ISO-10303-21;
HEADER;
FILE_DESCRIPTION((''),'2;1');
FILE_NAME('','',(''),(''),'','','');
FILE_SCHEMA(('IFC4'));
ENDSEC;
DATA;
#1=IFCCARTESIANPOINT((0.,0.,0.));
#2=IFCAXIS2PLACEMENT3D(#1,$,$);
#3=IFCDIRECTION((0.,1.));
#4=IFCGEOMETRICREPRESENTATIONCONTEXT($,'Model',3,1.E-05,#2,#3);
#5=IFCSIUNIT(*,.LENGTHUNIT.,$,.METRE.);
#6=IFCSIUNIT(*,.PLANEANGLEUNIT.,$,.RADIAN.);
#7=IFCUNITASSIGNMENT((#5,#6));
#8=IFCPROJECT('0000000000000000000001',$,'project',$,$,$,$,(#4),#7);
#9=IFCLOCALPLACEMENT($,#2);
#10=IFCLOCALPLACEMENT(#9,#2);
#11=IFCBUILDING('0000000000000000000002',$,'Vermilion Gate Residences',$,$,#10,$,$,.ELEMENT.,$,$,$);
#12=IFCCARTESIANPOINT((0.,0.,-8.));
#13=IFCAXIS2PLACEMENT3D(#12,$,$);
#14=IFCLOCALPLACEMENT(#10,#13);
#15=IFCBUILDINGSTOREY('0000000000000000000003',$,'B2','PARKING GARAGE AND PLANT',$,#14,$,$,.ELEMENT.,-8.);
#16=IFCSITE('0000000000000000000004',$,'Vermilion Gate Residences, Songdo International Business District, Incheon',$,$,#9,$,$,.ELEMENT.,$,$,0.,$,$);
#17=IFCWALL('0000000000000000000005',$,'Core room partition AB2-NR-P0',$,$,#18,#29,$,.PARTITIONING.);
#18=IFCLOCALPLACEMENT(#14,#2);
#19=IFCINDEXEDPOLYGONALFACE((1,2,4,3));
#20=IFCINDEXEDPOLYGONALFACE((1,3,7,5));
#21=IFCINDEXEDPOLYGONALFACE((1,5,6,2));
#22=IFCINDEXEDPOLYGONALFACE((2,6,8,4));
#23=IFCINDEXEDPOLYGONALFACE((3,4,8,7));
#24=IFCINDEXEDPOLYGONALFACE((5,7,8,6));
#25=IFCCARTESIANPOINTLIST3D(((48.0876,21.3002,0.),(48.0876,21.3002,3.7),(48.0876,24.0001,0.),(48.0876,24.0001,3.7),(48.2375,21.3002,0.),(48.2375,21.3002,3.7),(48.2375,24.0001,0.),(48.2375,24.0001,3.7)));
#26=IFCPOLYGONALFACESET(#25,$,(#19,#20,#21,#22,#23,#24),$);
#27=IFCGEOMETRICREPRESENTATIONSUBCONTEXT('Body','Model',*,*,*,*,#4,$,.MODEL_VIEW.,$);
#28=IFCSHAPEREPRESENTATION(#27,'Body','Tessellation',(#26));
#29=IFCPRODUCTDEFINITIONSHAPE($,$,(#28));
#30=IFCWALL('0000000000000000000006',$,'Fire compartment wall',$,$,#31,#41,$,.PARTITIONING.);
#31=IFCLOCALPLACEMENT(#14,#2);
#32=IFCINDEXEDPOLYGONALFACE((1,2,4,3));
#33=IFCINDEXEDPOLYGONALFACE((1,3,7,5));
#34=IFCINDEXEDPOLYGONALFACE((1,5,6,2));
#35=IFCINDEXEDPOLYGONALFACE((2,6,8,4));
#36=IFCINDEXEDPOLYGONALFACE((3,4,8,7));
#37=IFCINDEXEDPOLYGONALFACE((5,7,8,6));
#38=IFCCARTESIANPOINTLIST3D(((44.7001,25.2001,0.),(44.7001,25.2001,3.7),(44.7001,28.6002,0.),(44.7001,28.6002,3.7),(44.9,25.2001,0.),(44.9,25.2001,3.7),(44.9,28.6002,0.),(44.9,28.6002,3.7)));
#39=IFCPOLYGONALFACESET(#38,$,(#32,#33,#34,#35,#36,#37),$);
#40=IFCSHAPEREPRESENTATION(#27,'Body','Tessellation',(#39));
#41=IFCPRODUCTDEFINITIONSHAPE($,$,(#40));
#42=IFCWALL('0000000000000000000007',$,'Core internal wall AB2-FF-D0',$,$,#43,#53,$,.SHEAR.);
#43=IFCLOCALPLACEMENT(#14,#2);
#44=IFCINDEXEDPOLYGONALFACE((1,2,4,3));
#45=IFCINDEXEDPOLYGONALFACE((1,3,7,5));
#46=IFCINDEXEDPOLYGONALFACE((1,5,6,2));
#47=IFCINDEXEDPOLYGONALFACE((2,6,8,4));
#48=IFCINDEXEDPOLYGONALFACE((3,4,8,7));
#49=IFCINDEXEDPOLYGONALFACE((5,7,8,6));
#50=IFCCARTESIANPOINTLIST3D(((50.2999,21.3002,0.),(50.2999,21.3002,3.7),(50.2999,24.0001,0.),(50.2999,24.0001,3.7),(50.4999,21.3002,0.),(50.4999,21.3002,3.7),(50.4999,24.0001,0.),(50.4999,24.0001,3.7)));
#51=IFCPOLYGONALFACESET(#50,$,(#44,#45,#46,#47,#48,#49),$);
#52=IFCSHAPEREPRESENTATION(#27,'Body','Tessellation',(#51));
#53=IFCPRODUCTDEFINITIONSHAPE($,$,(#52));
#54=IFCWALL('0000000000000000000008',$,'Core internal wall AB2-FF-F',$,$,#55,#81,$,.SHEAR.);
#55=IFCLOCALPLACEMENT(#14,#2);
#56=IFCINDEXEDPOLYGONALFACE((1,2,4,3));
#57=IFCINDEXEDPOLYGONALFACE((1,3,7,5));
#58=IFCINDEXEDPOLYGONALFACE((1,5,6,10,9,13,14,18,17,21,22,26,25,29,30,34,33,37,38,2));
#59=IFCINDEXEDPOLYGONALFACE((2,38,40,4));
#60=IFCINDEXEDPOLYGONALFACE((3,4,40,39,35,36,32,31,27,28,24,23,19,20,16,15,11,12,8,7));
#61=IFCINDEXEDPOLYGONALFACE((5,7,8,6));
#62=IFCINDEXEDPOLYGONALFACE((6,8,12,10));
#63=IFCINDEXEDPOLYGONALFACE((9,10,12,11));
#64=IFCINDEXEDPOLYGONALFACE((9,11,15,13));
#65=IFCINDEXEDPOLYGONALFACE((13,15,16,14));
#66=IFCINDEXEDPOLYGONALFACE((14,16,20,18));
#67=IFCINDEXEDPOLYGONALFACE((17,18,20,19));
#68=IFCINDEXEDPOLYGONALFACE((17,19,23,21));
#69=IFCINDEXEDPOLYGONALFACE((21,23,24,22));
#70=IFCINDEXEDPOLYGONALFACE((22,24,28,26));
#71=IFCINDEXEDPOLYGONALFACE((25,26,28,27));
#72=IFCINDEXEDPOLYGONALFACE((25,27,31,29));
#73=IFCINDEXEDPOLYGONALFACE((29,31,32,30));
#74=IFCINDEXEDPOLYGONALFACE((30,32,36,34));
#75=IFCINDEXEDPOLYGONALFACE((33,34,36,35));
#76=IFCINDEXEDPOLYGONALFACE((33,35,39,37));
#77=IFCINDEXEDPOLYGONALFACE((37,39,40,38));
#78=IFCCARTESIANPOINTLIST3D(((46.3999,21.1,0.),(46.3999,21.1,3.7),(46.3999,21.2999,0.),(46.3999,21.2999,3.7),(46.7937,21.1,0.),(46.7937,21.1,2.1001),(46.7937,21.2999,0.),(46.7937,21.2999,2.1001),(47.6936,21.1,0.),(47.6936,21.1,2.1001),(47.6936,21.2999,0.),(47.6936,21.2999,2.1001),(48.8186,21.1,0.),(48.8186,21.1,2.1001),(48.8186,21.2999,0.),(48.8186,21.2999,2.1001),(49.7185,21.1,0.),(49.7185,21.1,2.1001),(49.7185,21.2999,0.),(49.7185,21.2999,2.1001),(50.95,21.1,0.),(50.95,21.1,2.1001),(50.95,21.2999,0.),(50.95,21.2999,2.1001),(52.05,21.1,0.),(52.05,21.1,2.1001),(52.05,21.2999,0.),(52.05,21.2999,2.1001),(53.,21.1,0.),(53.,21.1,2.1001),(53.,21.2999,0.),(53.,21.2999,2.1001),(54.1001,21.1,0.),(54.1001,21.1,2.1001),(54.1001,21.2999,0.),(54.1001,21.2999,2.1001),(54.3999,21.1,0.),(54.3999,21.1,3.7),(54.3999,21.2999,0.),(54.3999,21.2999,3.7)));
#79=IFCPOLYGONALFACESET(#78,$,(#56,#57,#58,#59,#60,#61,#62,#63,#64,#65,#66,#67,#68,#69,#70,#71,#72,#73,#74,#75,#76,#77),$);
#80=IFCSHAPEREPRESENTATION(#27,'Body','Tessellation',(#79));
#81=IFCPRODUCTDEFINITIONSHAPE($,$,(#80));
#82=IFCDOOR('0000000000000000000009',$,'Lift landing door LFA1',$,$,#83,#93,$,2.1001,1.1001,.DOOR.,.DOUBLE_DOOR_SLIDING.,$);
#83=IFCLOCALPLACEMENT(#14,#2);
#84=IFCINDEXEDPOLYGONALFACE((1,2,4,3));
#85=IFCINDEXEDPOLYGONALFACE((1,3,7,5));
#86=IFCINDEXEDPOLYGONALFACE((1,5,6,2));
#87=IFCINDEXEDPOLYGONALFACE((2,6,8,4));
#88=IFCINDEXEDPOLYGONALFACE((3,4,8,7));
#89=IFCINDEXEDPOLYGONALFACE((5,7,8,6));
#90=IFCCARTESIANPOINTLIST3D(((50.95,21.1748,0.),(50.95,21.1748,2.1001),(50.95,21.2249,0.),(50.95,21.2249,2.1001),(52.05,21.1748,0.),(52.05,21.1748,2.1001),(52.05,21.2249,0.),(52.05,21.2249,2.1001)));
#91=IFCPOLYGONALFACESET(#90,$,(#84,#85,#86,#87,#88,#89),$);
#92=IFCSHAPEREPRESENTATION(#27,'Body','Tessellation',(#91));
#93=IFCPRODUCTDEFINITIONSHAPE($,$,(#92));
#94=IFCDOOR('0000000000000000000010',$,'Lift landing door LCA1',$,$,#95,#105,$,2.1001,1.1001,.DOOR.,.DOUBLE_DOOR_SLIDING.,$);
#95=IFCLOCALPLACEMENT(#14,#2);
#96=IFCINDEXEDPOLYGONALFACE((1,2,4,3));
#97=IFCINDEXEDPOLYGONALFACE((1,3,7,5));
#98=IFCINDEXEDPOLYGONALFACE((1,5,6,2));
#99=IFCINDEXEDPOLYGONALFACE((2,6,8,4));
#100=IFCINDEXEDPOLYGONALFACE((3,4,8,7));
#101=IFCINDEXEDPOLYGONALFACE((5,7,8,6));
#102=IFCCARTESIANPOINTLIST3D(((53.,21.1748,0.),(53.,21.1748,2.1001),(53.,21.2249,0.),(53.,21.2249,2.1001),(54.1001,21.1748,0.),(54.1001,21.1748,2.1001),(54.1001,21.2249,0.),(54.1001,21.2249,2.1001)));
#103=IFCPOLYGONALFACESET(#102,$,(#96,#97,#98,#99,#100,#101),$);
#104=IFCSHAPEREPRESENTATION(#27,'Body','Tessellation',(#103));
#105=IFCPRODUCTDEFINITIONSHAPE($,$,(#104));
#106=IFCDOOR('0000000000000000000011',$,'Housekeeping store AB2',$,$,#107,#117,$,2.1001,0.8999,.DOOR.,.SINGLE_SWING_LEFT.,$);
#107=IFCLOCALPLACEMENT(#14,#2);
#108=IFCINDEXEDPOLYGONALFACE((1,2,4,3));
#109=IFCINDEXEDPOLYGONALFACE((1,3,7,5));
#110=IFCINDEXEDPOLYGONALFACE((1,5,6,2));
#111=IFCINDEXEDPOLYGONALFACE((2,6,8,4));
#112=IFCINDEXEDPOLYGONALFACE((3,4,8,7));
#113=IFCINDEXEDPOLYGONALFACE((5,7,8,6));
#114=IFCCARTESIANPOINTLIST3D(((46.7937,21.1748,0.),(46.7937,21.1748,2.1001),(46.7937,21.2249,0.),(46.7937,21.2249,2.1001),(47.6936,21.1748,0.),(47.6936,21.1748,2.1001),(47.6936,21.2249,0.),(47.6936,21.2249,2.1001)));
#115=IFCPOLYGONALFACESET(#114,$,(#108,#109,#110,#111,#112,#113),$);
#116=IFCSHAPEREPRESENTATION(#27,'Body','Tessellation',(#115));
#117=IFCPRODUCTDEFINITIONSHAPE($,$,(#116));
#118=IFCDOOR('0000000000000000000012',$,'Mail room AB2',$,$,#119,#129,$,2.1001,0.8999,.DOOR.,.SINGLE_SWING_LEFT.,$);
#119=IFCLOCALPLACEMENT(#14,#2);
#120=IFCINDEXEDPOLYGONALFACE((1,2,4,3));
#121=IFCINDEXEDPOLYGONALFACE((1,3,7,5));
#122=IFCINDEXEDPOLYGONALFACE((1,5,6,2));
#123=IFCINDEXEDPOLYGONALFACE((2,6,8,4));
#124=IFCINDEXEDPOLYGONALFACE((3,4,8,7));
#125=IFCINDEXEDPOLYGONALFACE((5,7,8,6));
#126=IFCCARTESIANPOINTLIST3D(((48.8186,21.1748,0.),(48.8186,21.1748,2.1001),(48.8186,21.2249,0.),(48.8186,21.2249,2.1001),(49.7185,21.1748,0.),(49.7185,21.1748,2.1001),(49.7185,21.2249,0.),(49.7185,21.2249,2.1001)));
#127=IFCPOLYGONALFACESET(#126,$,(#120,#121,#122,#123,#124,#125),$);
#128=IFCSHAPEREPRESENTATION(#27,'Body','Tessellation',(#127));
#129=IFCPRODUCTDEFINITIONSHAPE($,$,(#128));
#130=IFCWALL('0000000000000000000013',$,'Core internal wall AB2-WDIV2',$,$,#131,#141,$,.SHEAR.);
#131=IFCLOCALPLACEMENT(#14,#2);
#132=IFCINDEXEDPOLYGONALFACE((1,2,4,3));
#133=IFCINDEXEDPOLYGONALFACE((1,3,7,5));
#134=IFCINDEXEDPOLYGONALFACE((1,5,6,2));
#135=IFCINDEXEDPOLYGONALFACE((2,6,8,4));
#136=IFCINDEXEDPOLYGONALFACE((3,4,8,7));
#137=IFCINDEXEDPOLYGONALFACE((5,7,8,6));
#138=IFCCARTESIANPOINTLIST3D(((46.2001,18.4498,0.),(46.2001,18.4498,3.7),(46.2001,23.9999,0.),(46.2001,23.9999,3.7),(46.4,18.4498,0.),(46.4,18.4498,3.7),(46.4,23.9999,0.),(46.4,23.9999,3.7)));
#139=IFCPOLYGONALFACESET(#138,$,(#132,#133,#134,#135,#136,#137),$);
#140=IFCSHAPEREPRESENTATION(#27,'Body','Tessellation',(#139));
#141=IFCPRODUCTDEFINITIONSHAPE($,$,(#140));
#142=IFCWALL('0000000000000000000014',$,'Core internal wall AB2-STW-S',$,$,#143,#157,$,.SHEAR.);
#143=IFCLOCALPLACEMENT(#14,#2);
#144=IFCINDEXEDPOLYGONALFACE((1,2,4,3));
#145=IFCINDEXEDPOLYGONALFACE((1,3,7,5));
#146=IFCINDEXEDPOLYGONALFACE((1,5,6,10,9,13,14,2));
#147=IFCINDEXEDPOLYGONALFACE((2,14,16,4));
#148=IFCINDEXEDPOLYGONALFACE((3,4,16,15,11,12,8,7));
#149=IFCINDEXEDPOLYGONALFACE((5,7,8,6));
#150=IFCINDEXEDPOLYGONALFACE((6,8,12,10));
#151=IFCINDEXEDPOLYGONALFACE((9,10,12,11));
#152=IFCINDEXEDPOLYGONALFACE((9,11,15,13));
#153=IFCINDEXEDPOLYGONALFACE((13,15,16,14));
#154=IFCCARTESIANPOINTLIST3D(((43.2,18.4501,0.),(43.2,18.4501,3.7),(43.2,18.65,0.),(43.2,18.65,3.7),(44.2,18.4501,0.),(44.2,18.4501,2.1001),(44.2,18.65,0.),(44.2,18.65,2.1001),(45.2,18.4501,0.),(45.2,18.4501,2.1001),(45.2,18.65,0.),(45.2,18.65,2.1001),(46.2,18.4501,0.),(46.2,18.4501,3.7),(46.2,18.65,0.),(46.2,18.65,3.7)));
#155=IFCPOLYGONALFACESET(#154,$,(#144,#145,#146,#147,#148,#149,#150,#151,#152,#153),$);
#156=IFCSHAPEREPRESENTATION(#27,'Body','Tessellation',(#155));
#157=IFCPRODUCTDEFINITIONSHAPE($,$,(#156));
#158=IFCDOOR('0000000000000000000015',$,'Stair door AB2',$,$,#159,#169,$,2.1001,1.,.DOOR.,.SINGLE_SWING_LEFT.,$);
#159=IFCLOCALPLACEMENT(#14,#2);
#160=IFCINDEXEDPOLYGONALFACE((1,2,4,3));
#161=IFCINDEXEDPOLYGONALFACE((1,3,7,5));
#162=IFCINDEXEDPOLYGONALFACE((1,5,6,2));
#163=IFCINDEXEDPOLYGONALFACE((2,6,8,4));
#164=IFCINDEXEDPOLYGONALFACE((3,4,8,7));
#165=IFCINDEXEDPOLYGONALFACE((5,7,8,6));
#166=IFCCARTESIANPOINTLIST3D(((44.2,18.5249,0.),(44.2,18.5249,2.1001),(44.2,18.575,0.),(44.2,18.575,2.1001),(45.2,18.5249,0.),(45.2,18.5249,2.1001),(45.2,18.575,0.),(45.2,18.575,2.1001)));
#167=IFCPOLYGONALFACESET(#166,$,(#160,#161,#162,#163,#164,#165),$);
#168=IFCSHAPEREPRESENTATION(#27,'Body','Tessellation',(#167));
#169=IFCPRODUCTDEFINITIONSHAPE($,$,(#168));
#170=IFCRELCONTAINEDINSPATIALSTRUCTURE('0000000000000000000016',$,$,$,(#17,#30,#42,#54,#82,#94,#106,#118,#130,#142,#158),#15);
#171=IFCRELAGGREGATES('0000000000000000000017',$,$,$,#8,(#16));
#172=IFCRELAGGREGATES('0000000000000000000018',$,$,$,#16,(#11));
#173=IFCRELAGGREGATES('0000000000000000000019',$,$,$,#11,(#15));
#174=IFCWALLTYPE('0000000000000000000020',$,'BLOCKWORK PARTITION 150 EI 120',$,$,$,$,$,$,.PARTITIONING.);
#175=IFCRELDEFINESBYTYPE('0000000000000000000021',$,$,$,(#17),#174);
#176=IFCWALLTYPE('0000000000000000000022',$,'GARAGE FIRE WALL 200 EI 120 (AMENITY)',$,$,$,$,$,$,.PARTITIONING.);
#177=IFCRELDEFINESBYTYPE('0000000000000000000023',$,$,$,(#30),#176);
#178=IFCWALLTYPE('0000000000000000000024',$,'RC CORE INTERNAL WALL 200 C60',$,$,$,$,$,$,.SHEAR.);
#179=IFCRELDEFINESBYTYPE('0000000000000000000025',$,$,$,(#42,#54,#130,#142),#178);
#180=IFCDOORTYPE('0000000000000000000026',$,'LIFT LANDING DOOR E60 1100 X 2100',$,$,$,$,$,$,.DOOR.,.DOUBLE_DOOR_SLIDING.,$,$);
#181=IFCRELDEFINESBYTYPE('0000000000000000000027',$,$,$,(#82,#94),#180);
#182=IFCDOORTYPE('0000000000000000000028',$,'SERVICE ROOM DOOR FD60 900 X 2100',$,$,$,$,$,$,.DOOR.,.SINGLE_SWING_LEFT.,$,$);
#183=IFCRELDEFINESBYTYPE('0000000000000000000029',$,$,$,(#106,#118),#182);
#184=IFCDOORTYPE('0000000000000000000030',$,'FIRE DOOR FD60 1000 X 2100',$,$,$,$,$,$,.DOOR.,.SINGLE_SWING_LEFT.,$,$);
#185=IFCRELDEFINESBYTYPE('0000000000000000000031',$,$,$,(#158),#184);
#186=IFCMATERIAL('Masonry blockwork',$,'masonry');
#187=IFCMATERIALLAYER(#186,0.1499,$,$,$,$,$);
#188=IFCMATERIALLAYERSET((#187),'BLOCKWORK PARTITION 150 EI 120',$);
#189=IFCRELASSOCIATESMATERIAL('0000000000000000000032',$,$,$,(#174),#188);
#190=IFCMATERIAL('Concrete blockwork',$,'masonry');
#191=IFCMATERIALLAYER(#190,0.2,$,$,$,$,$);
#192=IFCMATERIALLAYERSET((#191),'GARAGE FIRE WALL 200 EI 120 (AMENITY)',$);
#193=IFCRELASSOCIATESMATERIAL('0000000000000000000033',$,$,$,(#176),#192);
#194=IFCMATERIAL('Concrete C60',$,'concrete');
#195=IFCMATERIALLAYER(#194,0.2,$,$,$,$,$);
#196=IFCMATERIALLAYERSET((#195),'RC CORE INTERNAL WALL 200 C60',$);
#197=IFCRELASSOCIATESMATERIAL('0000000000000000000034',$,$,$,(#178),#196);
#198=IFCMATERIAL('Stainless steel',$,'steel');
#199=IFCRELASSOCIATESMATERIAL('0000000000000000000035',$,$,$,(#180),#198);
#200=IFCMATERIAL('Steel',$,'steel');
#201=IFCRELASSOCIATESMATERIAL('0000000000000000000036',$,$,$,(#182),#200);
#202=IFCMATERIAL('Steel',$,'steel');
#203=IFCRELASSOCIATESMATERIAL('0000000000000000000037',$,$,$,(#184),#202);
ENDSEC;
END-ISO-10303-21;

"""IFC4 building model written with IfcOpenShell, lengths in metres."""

from ifc_helpers import new_model, si_unit, direction, frame, frame_2d, origin, place, context, subcontext, project, spatial, rectangle, extrude, material, layer, layer_set, type_object, element, fill, save


model = new_model("IFC4")

# Units and contexts
model_context = context("Model", 3, precision=1e-05, world=origin(), true_north=direction((0.0, 1.0)))
body_context = subcontext(model_context, "Body", "Model", "MODEL_VIEW")
ifc_project = project(units=[si_unit("LENGTHUNIT", "METRE"), si_unit("PLANEANGLEUNIT", "RADIAN")], contexts=[model_context])

# Site, building, storey
site_placement = place(None, origin())
site = spatial("IfcSite", under=ifc_project, at=site_placement, Name="Vermilion Gate Residences, Songdo International Business District, Incheon", CompositionType="ELEMENT", RefElevation=0.0)
building_placement = place(site_placement, origin())
building = spatial("IfcBuilding", under=site, at=building_placement, Name="Vermilion Gate Residences", CompositionType="ELEMENT")
storey_placement = place(building_placement, frame((0.0, 0.0, -8.0)))
storey = spatial("IfcBuildingStorey", under=building, at=storey_placement, Name="B2", Description="PARKING GARAGE AND PLANT", CompositionType="ELEMENT", Elevation=-8.0)

# Walls
ifc_material_1 = material(Name="Masonry blockwork", Category="masonry")
ifc_layer_1 = layer(ifc_material_1, 0.1499)
ifc_layer_set_1 = layer_set([ifc_layer_1], Name="BLOCKWORK PARTITION 150 EI 120")
wall_type_1 = type_object("IfcWallType", Name="BLOCKWORK PARTITION 150 EI 120", PredefinedType="PARTITIONING", material=ifc_layer_set_1)
wall_1_placement = place(storey_placement, frame((48.1626, 21.3, 0.0), z_axis=(0.0, 0.0, 1.0), x_axis=(0.0, 1.0, 0.0)))
element("IfcWall", 1, at=wall_1_placement, inside=storey, type_object=wall_type_1, Name="Core room partition AB2-NR-P0", PredefinedType="PARTITIONING", context=body_context, shape_type="SweptSolid", body=[
    extrude(rectangle(XDim=2.7, YDim=0.1499, at=frame_2d((1.3501, 0.0))), origin(), (0.0, 0.0, 1.0), 3.7),
])
ifc_material_2 = material(Name="Concrete blockwork", Category="masonry")
ifc_layer_2 = layer(ifc_material_2, 0.2)
ifc_layer_set_2 = layer_set([ifc_layer_2], Name="GARAGE FIRE WALL 200 EI 120 (AMENITY)")
wall_type_2 = type_object("IfcWallType", Name="GARAGE FIRE WALL 200 EI 120 (AMENITY)", PredefinedType="PARTITIONING", material=ifc_layer_set_2)
wall_2_placement = place(storey_placement, frame((44.8, 25.2, 0.0), z_axis=(0.0, 0.0, 1.0), x_axis=(0.0, 1.0, 0.0)))
element("IfcWall", 2, at=wall_2_placement, inside=storey, type_object=wall_type_2, Name="Fire compartment wall", PredefinedType="PARTITIONING", context=body_context, shape_type="SweptSolid", body=[
    extrude(rectangle(XDim=3.4001, YDim=0.2, at=frame_2d((1.7002, 0.0))), origin(), (0.0, 0.0, 1.0), 3.7),
])
ifc_material_3 = material(Name="Concrete C60", Category="concrete")
ifc_layer_3 = layer(ifc_material_3, 0.2)
ifc_layer_set_3 = layer_set([ifc_layer_3], Name="RC CORE INTERNAL WALL 200 C60")
wall_type_3 = type_object("IfcWallType", Name="RC CORE INTERNAL WALL 200 C60", PredefinedType="SHEAR", material=ifc_layer_set_3)
wall_3_placement = place(storey_placement, frame((50.3999, 21.3, 0.0), z_axis=(0.0, 0.0, 1.0), x_axis=(0.0, 1.0, 0.0)))
element("IfcWall", 3, at=wall_3_placement, inside=storey, type_object=wall_type_3, Name="Core internal wall AB2-FF-D0", PredefinedType="SHEAR", context=body_context, shape_type="SweptSolid", body=[
    extrude(rectangle(XDim=2.7, YDim=0.2, at=frame_2d((1.3501, 0.0))), origin(), (0.0, 0.0, 1.0), 3.7),
])

# Wall, openings, doors
wall_4_placement = place(storey_placement, frame((46.3999, 21.2, 0.0), z_axis=(0.0, 0.0, 1.0), x_axis=(1.0, 0.0, 0.0)))
wall_4 = element("IfcWall", 4, at=wall_4_placement, inside=storey, type_object=wall_type_3, Name="Core internal wall AB2-FF-F", PredefinedType="SHEAR", context=body_context, shape_type="SweptSolid", body=[
    extrude(rectangle(XDim=8.0, YDim=0.2, at=frame_2d((4.0, 0.0))), origin(), (0.0, 0.0, 1.0), 3.7),
])
opening_1_placement = place(wall_4_placement, frame((0.3938, 0.0, 0.0)))
opening_1 = element("IfcOpeningElement", 5, at=opening_1_placement, cuts=wall_4, PredefinedType="OPENING", context=body_context, shape_type="SweptSolid", body=[
    extrude(rectangle(XDim=0.8999, YDim=2.1001, at=frame_2d((0.45, 1.05))), frame((0.0, 0.1099, 0.0), z_axis=(0.0, -1.0, 0.0), x_axis=(1.0, 0.0, 0.0)), (0.0, 0.0, 1.0), 0.22),
])
opening_2_placement = place(wall_4_placement, frame((2.4187, 0.0, 0.0)))
opening_2 = element("IfcOpeningElement", 6, at=opening_2_placement, cuts=wall_4, PredefinedType="OPENING", context=body_context, shape_type="SweptSolid", body=[
    extrude(rectangle(XDim=0.8999, YDim=2.1001, at=frame_2d((0.45, 1.05))), frame((0.0, 0.1099, 0.0), z_axis=(0.0, -1.0, 0.0), x_axis=(1.0, 0.0, 0.0)), (0.0, 0.0, 1.0), 0.22),
])
opening_3_placement = place(wall_4_placement, frame((4.55, 0.0, 0.0)))
opening_3 = element("IfcOpeningElement", 7, at=opening_3_placement, cuts=wall_4, PredefinedType="OPENING", context=body_context, shape_type="SweptSolid", body=[
    extrude(rectangle(XDim=1.1001, YDim=2.1001, at=frame_2d((0.55, 1.05))), frame((0.0, 0.1099, 0.0), z_axis=(0.0, -1.0, 0.0), x_axis=(1.0, 0.0, 0.0)), (0.0, 0.0, 1.0), 0.22),
])
opening_4_placement = place(wall_4_placement, frame((6.6001, 0.0, 0.0)))
opening_4 = element("IfcOpeningElement", 8, at=opening_4_placement, cuts=wall_4, PredefinedType="OPENING", context=body_context, shape_type="SweptSolid", body=[
    extrude(rectangle(XDim=1.1001, YDim=2.1001, at=frame_2d((0.55, 1.05))), frame((0.0, 0.1099, 0.0), z_axis=(0.0, -1.0, 0.0), x_axis=(1.0, 0.0, 0.0)), (0.0, 0.0, 1.0), 0.22),
])
ifc_material_4 = material(Name="Stainless steel", Category="steel")
door_type_1 = type_object("IfcDoorType", Name="LIFT LANDING DOOR E60 1100 X 2100", OperationType="DOUBLE_DOOR_SLIDING", PredefinedType="DOOR", material=ifc_material_4)
door_1_placement = place(opening_3_placement, origin())
door_1 = element("IfcDoor", 9, at=door_1_placement, inside=storey, type_object=door_type_1, Name="Lift landing door LFA1", OperationType="DOUBLE_DOOR_SLIDING", OverallHeight=2.1001, OverallWidth=1.1001, PredefinedType="DOOR", context=body_context, shape_type="SweptSolid", body=[
    extrude(rectangle(XDim=1.1001, YDim=2.1001, at=frame_2d((0.55, 1.05))), frame((0.0, 0.0249, 0.0), z_axis=(0.0, -1.0, 0.0), x_axis=(1.0, 0.0, 0.0)), (0.0, 0.0, 1.0), 0.05),
])
fill(opening_3, door_1)
door_2_placement = place(opening_4_placement, origin())
door_2 = element("IfcDoor", 10, at=door_2_placement, inside=storey, type_object=door_type_1, Name="Lift landing door LCA1", OperationType="DOUBLE_DOOR_SLIDING", OverallHeight=2.1001, OverallWidth=1.1001, PredefinedType="DOOR", context=body_context, shape_type="SweptSolid", body=[
    extrude(rectangle(XDim=1.1001, YDim=2.1001, at=frame_2d((0.55, 1.05))), frame((0.0, 0.0249, 0.0), z_axis=(0.0, -1.0, 0.0), x_axis=(1.0, 0.0, 0.0)), (0.0, 0.0, 1.0), 0.05),
])
fill(opening_4, door_2)
ifc_material_5 = material(Name="Steel", Category="steel")
door_type_2 = type_object("IfcDoorType", Name="SERVICE ROOM DOOR FD60 900 X 2100", OperationType="SINGLE_SWING_LEFT", PredefinedType="DOOR", material=ifc_material_5)
door_3_placement = place(opening_1_placement, origin())
door_3 = element("IfcDoor", 11, at=door_3_placement, inside=storey, type_object=door_type_2, Name="Housekeeping store AB2", OperationType="SINGLE_SWING_LEFT", OverallHeight=2.1001, OverallWidth=0.8999, PredefinedType="DOOR", context=body_context, shape_type="SweptSolid", body=[
    extrude(rectangle(XDim=0.8999, YDim=2.1001, at=frame_2d((0.45, 1.05))), frame((0.0, 0.0249, 0.0), z_axis=(0.0, -1.0, 0.0), x_axis=(1.0, 0.0, 0.0)), (0.0, 0.0, 1.0), 0.05),
])
fill(opening_1, door_3)
door_4_placement = place(opening_2_placement, origin())
door_4 = element("IfcDoor", 12, at=door_4_placement, inside=storey, type_object=door_type_2, Name="Mail room AB2", OperationType="SINGLE_SWING_LEFT", OverallHeight=2.1001, OverallWidth=0.8999, PredefinedType="DOOR", context=body_context, shape_type="SweptSolid", body=[
    extrude(rectangle(XDim=0.8999, YDim=2.1001, at=frame_2d((0.45, 1.05))), frame((0.0, 0.0249, 0.0), z_axis=(0.0, -1.0, 0.0), x_axis=(1.0, 0.0, 0.0)), (0.0, 0.0, 1.0), 0.05),
])
fill(opening_2, door_4)

# Wall
wall_5_placement = place(storey_placement, frame((46.3, 18.45, 0.0), z_axis=(0.0, 0.0, 1.0), x_axis=(0.0, 1.0, 0.0)))
element("IfcWall", 13, at=wall_5_placement, inside=storey, type_object=wall_type_3, Name="Core internal wall AB2-WDIV2", PredefinedType="SHEAR", context=body_context, shape_type="SweptSolid", body=[
    extrude(rectangle(XDim=5.55, YDim=0.2, at=frame_2d((2.7749, 0.0))), origin(), (0.0, 0.0, 1.0), 3.7),
])

# Wall, opening, door
wall_6_placement = place(storey_placement, frame((43.2, 18.55, 0.0), z_axis=(0.0, 0.0, 1.0), x_axis=(1.0, 0.0, 0.0)))
wall_6 = element("IfcWall", 14, at=wall_6_placement, inside=storey, type_object=wall_type_3, Name="Core internal wall AB2-STW-S", PredefinedType="SHEAR", context=body_context, shape_type="SweptSolid", body=[
    extrude(rectangle(XDim=3.0, YDim=0.2, at=frame_2d((1.5, 0.0))), origin(), (0.0, 0.0, 1.0), 3.7),
])
opening_5_placement = place(wall_6_placement, frame((1.0, 0.0, 0.0)))
opening_5 = element("IfcOpeningElement", 15, at=opening_5_placement, cuts=wall_6, PredefinedType="OPENING", context=body_context, shape_type="SweptSolid", body=[
    extrude(rectangle(XDim=1.0, YDim=2.1001, at=frame_2d((0.5, 1.05))), frame((0.0, 0.1099, 0.0), z_axis=(0.0, -1.0, 0.0), x_axis=(1.0, 0.0, 0.0)), (0.0, 0.0, 1.0), 0.22),
])
ifc_material_6 = material(Name="Steel", Category="steel")
door_type_3 = type_object("IfcDoorType", Name="FIRE DOOR FD60 1000 X 2100", OperationType="SINGLE_SWING_LEFT", PredefinedType="DOOR", material=ifc_material_6)
door_5_placement = place(opening_5_placement, origin())
door_5 = element("IfcDoor", 16, at=door_5_placement, inside=storey, type_object=door_type_3, Name="Stair door AB2", OperationType="SINGLE_SWING_LEFT", OverallHeight=2.1001, OverallWidth=1.0, PredefinedType="DOOR", context=body_context, shape_type="SweptSolid", body=[
    extrude(rectangle(XDim=1.0, YDim=2.1001, at=frame_2d((0.5, 1.05))), frame((0.0, 0.0249, 0.0), z_axis=(0.0, -1.0, 0.0), x_axis=(1.0, 0.0, 0.0)), (0.0, 0.0, 1.0), 0.05),
])
fill(opening_5, door_5)

save(model, "model.ifc")
